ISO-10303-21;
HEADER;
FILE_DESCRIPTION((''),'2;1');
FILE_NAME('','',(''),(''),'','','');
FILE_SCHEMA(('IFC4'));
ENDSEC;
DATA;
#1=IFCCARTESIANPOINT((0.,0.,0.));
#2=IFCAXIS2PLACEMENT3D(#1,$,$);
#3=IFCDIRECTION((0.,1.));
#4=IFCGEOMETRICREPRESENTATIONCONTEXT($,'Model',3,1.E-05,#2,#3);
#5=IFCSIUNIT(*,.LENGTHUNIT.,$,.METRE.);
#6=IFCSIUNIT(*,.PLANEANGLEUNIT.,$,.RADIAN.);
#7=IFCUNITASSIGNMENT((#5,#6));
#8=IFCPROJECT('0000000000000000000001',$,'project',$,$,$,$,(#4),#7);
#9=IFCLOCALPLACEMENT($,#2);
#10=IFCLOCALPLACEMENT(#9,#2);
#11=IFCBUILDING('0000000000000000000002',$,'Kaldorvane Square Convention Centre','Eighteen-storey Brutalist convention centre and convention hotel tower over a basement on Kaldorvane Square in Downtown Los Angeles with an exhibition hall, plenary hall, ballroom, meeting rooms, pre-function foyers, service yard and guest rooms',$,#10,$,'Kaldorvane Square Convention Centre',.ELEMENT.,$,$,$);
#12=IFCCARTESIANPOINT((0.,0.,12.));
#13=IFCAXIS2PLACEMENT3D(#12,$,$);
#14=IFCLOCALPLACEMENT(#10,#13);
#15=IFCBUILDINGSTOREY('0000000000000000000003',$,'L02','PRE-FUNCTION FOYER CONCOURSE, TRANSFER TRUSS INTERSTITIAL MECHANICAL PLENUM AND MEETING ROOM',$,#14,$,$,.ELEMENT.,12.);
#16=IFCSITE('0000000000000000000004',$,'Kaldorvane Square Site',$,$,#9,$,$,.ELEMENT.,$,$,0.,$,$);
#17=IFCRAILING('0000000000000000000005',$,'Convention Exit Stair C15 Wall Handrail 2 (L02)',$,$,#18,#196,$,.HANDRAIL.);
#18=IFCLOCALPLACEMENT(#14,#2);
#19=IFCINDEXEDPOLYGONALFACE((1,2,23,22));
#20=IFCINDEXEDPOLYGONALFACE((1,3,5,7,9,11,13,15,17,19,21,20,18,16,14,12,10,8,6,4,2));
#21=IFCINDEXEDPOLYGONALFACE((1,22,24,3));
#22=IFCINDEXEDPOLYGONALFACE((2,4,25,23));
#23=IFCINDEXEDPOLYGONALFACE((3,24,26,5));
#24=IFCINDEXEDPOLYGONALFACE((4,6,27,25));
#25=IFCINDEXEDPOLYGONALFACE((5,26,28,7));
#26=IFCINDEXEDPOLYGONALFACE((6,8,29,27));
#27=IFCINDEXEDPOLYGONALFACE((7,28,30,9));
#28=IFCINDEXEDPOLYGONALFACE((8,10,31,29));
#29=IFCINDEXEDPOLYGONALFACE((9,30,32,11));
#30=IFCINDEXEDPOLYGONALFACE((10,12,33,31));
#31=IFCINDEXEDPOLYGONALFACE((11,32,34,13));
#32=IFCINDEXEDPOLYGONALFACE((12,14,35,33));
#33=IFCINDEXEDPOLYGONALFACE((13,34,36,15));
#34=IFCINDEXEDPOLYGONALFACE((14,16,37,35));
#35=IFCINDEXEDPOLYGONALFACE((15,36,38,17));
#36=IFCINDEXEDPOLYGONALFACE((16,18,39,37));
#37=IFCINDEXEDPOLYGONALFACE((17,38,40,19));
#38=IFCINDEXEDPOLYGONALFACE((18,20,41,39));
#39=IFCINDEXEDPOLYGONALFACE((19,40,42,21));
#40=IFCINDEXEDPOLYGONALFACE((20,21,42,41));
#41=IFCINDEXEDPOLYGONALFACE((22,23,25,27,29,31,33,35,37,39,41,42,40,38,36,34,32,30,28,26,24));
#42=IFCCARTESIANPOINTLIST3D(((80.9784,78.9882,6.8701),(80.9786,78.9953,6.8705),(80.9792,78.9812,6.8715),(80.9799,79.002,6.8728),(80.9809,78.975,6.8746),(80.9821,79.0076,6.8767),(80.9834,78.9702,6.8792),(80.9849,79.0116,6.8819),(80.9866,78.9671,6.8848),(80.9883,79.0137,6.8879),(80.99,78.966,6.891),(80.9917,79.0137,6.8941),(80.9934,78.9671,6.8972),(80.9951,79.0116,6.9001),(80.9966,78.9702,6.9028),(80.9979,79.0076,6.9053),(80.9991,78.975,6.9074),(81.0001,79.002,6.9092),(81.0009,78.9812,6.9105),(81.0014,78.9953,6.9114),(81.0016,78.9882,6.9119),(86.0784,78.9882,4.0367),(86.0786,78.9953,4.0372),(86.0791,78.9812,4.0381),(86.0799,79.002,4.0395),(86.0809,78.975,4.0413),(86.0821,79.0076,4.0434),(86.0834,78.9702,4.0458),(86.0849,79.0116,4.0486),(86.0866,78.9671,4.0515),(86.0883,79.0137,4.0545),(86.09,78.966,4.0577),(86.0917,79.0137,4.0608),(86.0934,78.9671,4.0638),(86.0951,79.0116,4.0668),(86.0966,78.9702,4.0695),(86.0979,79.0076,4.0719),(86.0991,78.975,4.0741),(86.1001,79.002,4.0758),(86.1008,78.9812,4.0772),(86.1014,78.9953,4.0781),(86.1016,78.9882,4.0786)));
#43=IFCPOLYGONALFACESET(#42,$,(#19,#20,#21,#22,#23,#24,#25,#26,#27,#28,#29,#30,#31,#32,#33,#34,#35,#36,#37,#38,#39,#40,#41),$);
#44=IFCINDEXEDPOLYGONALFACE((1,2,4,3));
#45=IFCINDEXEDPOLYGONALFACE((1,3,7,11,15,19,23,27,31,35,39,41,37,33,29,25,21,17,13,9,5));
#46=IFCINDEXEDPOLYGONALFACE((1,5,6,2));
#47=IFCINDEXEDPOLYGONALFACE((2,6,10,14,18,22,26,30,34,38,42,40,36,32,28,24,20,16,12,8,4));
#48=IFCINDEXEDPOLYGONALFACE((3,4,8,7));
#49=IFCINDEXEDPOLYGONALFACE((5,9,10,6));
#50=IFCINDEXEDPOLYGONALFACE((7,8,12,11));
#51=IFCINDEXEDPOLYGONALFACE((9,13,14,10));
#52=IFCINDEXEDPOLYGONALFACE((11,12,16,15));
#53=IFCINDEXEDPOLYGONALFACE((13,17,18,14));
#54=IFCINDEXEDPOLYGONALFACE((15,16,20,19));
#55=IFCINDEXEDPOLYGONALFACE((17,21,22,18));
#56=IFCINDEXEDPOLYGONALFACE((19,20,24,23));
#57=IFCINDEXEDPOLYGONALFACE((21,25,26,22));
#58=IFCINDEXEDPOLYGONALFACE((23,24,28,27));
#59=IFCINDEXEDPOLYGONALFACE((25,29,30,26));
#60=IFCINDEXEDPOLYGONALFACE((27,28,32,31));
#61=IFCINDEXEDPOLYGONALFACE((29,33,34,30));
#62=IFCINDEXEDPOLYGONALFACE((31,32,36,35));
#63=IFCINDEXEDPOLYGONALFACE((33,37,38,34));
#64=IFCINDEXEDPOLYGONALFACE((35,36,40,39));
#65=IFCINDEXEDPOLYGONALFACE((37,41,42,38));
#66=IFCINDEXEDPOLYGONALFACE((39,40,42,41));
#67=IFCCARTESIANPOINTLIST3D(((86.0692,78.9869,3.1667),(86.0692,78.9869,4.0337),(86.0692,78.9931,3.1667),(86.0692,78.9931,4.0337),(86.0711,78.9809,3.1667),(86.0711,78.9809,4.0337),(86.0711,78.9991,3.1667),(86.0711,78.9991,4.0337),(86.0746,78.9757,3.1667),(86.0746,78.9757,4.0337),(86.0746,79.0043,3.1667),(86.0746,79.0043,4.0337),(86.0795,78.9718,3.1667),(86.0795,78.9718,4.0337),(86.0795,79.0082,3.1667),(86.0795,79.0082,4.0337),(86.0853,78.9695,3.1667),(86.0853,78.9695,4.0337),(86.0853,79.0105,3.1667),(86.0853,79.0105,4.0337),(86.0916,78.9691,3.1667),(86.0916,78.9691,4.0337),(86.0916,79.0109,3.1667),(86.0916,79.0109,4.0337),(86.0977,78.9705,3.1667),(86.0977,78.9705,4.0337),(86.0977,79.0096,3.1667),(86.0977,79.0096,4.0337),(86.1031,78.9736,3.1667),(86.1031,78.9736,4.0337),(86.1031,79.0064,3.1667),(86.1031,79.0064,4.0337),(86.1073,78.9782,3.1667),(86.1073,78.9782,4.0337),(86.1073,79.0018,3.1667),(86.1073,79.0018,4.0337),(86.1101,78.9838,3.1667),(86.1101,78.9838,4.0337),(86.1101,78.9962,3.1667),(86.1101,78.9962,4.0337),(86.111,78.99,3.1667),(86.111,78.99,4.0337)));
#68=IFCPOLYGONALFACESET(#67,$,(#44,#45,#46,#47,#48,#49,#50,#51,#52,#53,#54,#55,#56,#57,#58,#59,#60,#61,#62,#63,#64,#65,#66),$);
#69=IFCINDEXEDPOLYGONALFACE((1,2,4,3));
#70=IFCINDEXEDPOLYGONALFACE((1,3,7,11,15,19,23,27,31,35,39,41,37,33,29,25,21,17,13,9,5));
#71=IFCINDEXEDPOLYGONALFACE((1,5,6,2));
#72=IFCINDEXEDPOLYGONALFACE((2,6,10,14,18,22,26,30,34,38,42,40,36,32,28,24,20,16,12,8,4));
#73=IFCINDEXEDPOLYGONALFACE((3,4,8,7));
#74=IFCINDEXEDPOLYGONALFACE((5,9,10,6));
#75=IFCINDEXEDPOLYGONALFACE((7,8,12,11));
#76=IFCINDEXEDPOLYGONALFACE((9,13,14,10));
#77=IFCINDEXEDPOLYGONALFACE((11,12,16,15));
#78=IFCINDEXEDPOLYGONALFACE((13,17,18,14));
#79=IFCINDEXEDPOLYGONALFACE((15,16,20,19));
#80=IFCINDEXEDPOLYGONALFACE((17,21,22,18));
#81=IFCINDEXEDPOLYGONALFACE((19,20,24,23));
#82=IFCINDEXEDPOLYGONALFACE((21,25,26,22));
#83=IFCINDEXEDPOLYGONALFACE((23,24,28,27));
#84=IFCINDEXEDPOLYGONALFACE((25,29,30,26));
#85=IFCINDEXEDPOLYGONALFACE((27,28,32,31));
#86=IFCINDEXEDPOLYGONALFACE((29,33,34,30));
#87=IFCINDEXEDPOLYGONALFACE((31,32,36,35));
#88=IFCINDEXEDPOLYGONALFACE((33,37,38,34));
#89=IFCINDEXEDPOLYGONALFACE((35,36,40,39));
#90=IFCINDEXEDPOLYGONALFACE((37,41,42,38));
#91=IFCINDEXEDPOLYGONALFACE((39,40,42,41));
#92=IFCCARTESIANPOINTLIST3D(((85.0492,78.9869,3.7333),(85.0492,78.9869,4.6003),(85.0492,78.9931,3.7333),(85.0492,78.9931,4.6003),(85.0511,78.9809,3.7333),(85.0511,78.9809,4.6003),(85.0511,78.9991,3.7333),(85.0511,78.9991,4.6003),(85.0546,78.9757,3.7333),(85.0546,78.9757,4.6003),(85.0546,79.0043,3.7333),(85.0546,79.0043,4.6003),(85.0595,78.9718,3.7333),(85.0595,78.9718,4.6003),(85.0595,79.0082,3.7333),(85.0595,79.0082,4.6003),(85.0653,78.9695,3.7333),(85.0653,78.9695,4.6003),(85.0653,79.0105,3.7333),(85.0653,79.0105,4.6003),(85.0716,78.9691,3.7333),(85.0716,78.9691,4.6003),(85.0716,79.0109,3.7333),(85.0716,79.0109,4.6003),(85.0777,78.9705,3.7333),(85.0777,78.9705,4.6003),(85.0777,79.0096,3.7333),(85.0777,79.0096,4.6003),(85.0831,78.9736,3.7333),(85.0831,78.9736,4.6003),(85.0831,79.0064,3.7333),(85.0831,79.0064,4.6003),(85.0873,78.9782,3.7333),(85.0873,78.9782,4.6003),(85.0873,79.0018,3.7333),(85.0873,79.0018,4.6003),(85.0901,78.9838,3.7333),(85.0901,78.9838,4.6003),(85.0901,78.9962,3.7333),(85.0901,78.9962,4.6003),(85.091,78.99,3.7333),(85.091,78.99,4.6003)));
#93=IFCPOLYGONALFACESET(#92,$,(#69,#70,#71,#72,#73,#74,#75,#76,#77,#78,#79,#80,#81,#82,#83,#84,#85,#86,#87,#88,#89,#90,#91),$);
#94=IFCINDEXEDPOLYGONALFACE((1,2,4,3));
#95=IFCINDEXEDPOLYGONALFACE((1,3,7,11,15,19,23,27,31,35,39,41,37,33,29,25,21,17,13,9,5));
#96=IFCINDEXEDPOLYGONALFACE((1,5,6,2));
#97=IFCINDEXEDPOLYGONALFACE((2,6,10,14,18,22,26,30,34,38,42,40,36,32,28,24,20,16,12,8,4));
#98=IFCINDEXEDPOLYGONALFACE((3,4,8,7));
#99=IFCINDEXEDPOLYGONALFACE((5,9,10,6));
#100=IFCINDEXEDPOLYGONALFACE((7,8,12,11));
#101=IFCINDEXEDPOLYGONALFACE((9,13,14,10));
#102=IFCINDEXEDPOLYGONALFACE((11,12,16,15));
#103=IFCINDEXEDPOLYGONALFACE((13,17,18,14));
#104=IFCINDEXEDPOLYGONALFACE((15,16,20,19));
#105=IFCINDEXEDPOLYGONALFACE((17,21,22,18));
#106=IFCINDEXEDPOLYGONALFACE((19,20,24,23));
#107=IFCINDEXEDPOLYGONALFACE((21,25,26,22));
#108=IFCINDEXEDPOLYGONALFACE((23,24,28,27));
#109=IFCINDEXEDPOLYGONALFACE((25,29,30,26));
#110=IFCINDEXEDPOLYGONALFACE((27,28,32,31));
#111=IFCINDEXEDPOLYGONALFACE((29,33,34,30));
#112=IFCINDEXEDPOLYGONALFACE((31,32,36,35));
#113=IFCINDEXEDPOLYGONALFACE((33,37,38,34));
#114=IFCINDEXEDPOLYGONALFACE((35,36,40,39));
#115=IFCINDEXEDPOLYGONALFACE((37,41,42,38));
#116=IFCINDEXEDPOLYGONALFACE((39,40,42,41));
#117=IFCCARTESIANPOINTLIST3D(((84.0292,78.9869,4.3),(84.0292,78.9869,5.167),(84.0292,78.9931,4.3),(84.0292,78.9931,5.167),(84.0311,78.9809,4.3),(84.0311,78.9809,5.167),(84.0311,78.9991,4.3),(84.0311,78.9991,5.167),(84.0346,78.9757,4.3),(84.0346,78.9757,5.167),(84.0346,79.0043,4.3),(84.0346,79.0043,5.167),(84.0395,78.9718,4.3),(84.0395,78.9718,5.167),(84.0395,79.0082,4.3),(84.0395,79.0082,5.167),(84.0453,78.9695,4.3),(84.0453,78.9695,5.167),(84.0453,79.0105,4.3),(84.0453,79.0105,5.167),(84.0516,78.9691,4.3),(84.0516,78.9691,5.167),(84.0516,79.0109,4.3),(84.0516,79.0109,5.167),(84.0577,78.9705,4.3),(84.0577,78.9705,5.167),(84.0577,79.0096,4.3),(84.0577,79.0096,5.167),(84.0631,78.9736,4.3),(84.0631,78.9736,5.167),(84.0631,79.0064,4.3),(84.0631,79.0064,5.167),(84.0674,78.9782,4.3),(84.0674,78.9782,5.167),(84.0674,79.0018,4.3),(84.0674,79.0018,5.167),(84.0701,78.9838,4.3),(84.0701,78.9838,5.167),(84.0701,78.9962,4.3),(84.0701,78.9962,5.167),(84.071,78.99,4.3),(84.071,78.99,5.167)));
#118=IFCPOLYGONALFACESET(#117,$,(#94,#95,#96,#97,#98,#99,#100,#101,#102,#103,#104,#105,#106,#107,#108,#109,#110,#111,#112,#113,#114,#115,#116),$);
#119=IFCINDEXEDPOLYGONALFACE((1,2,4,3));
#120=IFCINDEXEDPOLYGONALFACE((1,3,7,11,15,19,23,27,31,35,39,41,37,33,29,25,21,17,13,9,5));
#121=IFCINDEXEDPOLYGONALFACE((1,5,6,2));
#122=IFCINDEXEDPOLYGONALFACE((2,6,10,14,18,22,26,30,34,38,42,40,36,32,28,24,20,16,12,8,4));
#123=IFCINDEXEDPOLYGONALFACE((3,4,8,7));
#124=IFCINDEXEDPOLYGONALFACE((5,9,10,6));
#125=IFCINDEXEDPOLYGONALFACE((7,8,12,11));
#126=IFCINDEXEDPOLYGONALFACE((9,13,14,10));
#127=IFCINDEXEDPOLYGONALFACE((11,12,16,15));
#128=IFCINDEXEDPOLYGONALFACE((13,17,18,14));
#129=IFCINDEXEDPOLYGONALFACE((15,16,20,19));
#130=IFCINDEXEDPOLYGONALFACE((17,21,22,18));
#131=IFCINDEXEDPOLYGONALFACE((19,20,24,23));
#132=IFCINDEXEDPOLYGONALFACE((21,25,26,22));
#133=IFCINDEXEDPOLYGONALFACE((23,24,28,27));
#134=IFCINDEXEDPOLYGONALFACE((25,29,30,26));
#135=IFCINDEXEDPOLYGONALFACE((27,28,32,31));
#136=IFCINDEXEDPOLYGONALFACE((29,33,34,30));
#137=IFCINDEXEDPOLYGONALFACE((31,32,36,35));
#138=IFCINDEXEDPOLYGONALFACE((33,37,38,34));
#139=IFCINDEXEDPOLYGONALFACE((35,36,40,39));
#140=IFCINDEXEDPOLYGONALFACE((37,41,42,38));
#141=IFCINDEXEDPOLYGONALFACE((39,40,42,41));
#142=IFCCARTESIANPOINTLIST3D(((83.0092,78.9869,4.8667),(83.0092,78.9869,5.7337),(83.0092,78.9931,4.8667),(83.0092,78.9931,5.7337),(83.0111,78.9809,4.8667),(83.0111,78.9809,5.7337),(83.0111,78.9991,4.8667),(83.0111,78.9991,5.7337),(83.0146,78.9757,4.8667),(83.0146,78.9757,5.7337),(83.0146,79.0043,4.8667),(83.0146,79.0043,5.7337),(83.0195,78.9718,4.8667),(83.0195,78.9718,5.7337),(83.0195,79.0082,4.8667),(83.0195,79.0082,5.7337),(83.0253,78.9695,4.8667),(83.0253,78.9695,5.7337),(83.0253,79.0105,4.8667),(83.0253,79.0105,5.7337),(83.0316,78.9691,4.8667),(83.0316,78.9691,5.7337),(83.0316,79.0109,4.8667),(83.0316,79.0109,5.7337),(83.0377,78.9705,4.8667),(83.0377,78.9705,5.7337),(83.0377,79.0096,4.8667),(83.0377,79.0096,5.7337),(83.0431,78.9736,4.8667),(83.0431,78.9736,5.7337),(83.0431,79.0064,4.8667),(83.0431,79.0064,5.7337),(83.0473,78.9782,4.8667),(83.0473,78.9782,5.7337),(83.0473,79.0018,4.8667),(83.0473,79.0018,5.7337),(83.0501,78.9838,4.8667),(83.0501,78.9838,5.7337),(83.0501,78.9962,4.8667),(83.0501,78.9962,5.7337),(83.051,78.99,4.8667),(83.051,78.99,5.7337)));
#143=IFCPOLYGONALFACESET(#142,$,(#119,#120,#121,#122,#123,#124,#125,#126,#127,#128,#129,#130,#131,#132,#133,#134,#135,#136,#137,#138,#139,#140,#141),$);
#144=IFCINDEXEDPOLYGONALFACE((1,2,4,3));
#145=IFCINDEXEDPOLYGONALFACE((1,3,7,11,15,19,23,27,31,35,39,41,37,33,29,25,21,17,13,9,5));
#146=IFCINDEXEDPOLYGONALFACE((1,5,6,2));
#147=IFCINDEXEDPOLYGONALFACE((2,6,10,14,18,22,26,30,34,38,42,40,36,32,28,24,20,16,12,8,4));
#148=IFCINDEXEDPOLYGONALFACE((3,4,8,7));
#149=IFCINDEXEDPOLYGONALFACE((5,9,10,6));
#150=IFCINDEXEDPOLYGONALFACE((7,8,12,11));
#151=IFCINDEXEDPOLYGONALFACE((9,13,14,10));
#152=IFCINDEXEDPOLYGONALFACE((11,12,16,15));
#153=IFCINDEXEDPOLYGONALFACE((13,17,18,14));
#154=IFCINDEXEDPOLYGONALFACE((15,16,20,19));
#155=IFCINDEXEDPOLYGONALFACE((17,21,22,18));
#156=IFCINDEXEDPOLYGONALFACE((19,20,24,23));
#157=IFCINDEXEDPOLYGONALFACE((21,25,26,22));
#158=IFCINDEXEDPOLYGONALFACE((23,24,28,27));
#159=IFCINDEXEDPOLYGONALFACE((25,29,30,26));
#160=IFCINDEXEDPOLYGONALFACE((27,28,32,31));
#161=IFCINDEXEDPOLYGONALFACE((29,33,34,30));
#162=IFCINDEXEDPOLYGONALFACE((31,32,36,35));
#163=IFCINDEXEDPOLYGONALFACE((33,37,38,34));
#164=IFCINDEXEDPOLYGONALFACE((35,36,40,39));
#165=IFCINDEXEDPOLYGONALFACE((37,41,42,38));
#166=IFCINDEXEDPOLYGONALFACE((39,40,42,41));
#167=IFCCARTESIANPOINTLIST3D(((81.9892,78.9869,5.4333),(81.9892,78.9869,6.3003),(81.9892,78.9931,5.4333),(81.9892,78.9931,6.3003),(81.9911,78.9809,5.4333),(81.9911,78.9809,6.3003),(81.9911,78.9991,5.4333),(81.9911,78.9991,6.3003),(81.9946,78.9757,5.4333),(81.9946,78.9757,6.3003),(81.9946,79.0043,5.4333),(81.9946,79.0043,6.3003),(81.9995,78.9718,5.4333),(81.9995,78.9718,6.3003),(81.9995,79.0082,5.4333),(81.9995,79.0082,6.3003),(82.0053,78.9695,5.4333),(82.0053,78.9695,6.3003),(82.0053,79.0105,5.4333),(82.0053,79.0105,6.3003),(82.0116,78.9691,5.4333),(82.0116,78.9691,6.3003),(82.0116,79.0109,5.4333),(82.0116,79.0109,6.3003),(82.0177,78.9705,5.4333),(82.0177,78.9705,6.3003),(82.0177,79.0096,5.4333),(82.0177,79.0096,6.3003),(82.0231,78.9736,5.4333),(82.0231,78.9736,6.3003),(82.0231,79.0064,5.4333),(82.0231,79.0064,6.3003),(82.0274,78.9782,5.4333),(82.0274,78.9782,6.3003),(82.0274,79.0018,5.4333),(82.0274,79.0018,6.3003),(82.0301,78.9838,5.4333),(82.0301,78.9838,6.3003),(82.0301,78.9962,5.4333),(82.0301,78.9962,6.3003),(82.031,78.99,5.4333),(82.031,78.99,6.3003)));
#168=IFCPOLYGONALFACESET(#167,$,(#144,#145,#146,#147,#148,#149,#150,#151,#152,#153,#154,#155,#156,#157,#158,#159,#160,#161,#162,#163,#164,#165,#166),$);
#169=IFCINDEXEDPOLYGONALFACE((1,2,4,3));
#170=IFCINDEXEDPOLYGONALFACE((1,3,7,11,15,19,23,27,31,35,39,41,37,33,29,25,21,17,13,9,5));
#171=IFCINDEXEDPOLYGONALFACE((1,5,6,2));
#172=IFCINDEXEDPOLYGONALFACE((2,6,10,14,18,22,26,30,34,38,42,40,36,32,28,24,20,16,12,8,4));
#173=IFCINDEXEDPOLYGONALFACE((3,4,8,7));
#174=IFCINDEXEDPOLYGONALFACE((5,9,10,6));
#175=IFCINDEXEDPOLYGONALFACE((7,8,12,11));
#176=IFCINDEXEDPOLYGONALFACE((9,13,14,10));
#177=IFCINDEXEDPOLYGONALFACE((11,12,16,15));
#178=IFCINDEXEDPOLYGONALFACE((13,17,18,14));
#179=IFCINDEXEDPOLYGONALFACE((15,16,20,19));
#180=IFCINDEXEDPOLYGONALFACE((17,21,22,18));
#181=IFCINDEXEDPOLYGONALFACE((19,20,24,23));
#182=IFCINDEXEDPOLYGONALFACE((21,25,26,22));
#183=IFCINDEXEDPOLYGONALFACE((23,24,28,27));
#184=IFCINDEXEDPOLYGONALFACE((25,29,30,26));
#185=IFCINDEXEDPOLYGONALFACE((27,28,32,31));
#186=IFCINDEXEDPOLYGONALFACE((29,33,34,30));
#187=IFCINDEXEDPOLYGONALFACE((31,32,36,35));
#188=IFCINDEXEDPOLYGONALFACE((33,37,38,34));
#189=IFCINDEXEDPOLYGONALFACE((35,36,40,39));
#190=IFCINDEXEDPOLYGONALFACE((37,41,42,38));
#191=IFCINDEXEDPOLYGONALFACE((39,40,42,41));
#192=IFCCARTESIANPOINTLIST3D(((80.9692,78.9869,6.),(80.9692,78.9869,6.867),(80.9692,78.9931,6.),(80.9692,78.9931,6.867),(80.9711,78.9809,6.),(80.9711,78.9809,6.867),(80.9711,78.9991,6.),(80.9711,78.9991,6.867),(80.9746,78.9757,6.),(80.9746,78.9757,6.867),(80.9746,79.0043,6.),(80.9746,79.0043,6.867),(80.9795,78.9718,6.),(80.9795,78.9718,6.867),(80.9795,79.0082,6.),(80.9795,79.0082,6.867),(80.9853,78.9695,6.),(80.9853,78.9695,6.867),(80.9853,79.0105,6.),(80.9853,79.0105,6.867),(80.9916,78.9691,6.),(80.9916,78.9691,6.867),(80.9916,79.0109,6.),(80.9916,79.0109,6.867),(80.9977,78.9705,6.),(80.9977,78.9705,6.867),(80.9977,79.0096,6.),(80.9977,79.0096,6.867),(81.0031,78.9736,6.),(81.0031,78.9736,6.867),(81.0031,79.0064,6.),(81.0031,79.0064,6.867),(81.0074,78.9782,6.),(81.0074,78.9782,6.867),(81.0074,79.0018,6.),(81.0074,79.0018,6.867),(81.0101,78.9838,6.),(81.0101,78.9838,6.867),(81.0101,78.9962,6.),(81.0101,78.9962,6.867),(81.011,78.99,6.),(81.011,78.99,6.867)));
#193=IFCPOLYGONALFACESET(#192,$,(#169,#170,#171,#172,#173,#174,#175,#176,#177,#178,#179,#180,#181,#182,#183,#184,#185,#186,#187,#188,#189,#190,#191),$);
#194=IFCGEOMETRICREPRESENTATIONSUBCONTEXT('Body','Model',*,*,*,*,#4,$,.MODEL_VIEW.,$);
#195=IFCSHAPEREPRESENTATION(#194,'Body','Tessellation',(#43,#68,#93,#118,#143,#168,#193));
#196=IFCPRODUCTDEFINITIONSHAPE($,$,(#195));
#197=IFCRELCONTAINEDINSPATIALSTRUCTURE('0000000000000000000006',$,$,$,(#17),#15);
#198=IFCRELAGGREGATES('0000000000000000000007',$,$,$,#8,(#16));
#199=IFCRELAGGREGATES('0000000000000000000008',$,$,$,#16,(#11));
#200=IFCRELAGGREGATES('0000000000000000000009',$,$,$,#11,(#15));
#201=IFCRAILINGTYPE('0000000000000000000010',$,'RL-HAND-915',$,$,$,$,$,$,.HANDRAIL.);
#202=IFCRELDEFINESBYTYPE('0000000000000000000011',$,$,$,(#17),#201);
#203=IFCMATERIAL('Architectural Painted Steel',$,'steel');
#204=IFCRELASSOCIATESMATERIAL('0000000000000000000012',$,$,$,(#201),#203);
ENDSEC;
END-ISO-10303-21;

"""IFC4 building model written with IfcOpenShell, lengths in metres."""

from ifc_helpers import new_model, si_unit, direction, frame, origin, origin_2d, place, context, subcontext, project, spatial, circle, extrude, material, type_object, element, save


model = new_model("IFC4")

# Units and contexts
model_context = context("Model", 3, precision=1e-05, world=origin(), true_north=direction((0.0, 1.0)))
body_context = subcontext(model_context, "Body", "Model", "MODEL_VIEW")
ifc_project = project(units=[si_unit("LENGTHUNIT", "METRE"), si_unit("PLANEANGLEUNIT", "RADIAN")], contexts=[model_context])

# Site, building, storey
site_placement = place(None, origin())
site = spatial("IfcSite", under=ifc_project, at=site_placement, Name="Kaldorvane Square Site", CompositionType="ELEMENT", RefElevation=0.0)
building_placement = place(site_placement, origin())
building = spatial("IfcBuilding", under=site, at=building_placement, Name="Kaldorvane Square Convention Centre", Description="Eighteen-storey Brutalist convention centre and convention hotel tower over a basement on Kaldorvane Square in Downtown Los Angeles with an exhibition hall, plenary hall, ballroom, meeting rooms, pre-function foyers, service yard and guest rooms", LongName="Kaldorvane Square Convention Centre", CompositionType="ELEMENT")
storey_placement = place(building_placement, frame((0.0, 0.0, 12.0)))
storey = spatial("IfcBuildingStorey", under=building, at=storey_placement, Name="L02", Description="PRE-FUNCTION FOYER CONCOURSE, TRANSFER TRUSS INTERSTITIAL MECHANICAL PLENUM AND MEETING ROOM", CompositionType="ELEMENT", Elevation=12.0)

# Railing
ifc_material_1 = material(Name="Architectural Painted Steel", Category="steel")
railing_type_1 = type_object("IfcRailingType", Name="RL-HAND-915", PredefinedType="HANDRAIL", material=ifc_material_1)
railing_1_placement = place(storey_placement, frame((86.09, 78.99, 3.1667)))
element("IfcRailing", 1, at=railing_1_placement, inside=storey, type_object=railing_type_1, Name="Convention Exit Stair C15 Wall Handrail 2 (L02)", PredefinedType="HANDRAIL", context=body_context, shape_type="SweptSolid", body=[
    extrude(circle(Radius=0.024, at=origin_2d()), frame((0.0, 0.0, 0.891), z_axis=(-0.874157, 0.0, 0.485643), x_axis=(0.0, -1.0, 0.0)), (0.0, 0.0, 1.0), 5.8342),
    extrude(circle(Radius=0.021, at=origin_2d()), origin(), (0.0, 0.0, 1.0), 0.867),
    extrude(circle(Radius=0.021, at=origin_2d()), frame((-1.02, 0.0, 0.5667)), (0.0, 0.0, 1.0), 0.867),
    extrude(circle(Radius=0.021, at=origin_2d()), frame((-2.04, 0.0, 1.1333)), (0.0, 0.0, 1.0), 0.867),
    extrude(circle(Radius=0.021, at=origin_2d()), frame((-3.06, 0.0, 1.7)), (0.0, 0.0, 1.0), 0.867),
    extrude(circle(Radius=0.021, at=origin_2d()), frame((-4.08, 0.0, 2.2667)), (0.0, 0.0, 1.0), 0.867),
    extrude(circle(Radius=0.021, at=origin_2d()), frame((-5.1, 0.0, 2.8333)), (0.0, 0.0, 1.0), 0.867),
])

save(model, "model.ifc")
